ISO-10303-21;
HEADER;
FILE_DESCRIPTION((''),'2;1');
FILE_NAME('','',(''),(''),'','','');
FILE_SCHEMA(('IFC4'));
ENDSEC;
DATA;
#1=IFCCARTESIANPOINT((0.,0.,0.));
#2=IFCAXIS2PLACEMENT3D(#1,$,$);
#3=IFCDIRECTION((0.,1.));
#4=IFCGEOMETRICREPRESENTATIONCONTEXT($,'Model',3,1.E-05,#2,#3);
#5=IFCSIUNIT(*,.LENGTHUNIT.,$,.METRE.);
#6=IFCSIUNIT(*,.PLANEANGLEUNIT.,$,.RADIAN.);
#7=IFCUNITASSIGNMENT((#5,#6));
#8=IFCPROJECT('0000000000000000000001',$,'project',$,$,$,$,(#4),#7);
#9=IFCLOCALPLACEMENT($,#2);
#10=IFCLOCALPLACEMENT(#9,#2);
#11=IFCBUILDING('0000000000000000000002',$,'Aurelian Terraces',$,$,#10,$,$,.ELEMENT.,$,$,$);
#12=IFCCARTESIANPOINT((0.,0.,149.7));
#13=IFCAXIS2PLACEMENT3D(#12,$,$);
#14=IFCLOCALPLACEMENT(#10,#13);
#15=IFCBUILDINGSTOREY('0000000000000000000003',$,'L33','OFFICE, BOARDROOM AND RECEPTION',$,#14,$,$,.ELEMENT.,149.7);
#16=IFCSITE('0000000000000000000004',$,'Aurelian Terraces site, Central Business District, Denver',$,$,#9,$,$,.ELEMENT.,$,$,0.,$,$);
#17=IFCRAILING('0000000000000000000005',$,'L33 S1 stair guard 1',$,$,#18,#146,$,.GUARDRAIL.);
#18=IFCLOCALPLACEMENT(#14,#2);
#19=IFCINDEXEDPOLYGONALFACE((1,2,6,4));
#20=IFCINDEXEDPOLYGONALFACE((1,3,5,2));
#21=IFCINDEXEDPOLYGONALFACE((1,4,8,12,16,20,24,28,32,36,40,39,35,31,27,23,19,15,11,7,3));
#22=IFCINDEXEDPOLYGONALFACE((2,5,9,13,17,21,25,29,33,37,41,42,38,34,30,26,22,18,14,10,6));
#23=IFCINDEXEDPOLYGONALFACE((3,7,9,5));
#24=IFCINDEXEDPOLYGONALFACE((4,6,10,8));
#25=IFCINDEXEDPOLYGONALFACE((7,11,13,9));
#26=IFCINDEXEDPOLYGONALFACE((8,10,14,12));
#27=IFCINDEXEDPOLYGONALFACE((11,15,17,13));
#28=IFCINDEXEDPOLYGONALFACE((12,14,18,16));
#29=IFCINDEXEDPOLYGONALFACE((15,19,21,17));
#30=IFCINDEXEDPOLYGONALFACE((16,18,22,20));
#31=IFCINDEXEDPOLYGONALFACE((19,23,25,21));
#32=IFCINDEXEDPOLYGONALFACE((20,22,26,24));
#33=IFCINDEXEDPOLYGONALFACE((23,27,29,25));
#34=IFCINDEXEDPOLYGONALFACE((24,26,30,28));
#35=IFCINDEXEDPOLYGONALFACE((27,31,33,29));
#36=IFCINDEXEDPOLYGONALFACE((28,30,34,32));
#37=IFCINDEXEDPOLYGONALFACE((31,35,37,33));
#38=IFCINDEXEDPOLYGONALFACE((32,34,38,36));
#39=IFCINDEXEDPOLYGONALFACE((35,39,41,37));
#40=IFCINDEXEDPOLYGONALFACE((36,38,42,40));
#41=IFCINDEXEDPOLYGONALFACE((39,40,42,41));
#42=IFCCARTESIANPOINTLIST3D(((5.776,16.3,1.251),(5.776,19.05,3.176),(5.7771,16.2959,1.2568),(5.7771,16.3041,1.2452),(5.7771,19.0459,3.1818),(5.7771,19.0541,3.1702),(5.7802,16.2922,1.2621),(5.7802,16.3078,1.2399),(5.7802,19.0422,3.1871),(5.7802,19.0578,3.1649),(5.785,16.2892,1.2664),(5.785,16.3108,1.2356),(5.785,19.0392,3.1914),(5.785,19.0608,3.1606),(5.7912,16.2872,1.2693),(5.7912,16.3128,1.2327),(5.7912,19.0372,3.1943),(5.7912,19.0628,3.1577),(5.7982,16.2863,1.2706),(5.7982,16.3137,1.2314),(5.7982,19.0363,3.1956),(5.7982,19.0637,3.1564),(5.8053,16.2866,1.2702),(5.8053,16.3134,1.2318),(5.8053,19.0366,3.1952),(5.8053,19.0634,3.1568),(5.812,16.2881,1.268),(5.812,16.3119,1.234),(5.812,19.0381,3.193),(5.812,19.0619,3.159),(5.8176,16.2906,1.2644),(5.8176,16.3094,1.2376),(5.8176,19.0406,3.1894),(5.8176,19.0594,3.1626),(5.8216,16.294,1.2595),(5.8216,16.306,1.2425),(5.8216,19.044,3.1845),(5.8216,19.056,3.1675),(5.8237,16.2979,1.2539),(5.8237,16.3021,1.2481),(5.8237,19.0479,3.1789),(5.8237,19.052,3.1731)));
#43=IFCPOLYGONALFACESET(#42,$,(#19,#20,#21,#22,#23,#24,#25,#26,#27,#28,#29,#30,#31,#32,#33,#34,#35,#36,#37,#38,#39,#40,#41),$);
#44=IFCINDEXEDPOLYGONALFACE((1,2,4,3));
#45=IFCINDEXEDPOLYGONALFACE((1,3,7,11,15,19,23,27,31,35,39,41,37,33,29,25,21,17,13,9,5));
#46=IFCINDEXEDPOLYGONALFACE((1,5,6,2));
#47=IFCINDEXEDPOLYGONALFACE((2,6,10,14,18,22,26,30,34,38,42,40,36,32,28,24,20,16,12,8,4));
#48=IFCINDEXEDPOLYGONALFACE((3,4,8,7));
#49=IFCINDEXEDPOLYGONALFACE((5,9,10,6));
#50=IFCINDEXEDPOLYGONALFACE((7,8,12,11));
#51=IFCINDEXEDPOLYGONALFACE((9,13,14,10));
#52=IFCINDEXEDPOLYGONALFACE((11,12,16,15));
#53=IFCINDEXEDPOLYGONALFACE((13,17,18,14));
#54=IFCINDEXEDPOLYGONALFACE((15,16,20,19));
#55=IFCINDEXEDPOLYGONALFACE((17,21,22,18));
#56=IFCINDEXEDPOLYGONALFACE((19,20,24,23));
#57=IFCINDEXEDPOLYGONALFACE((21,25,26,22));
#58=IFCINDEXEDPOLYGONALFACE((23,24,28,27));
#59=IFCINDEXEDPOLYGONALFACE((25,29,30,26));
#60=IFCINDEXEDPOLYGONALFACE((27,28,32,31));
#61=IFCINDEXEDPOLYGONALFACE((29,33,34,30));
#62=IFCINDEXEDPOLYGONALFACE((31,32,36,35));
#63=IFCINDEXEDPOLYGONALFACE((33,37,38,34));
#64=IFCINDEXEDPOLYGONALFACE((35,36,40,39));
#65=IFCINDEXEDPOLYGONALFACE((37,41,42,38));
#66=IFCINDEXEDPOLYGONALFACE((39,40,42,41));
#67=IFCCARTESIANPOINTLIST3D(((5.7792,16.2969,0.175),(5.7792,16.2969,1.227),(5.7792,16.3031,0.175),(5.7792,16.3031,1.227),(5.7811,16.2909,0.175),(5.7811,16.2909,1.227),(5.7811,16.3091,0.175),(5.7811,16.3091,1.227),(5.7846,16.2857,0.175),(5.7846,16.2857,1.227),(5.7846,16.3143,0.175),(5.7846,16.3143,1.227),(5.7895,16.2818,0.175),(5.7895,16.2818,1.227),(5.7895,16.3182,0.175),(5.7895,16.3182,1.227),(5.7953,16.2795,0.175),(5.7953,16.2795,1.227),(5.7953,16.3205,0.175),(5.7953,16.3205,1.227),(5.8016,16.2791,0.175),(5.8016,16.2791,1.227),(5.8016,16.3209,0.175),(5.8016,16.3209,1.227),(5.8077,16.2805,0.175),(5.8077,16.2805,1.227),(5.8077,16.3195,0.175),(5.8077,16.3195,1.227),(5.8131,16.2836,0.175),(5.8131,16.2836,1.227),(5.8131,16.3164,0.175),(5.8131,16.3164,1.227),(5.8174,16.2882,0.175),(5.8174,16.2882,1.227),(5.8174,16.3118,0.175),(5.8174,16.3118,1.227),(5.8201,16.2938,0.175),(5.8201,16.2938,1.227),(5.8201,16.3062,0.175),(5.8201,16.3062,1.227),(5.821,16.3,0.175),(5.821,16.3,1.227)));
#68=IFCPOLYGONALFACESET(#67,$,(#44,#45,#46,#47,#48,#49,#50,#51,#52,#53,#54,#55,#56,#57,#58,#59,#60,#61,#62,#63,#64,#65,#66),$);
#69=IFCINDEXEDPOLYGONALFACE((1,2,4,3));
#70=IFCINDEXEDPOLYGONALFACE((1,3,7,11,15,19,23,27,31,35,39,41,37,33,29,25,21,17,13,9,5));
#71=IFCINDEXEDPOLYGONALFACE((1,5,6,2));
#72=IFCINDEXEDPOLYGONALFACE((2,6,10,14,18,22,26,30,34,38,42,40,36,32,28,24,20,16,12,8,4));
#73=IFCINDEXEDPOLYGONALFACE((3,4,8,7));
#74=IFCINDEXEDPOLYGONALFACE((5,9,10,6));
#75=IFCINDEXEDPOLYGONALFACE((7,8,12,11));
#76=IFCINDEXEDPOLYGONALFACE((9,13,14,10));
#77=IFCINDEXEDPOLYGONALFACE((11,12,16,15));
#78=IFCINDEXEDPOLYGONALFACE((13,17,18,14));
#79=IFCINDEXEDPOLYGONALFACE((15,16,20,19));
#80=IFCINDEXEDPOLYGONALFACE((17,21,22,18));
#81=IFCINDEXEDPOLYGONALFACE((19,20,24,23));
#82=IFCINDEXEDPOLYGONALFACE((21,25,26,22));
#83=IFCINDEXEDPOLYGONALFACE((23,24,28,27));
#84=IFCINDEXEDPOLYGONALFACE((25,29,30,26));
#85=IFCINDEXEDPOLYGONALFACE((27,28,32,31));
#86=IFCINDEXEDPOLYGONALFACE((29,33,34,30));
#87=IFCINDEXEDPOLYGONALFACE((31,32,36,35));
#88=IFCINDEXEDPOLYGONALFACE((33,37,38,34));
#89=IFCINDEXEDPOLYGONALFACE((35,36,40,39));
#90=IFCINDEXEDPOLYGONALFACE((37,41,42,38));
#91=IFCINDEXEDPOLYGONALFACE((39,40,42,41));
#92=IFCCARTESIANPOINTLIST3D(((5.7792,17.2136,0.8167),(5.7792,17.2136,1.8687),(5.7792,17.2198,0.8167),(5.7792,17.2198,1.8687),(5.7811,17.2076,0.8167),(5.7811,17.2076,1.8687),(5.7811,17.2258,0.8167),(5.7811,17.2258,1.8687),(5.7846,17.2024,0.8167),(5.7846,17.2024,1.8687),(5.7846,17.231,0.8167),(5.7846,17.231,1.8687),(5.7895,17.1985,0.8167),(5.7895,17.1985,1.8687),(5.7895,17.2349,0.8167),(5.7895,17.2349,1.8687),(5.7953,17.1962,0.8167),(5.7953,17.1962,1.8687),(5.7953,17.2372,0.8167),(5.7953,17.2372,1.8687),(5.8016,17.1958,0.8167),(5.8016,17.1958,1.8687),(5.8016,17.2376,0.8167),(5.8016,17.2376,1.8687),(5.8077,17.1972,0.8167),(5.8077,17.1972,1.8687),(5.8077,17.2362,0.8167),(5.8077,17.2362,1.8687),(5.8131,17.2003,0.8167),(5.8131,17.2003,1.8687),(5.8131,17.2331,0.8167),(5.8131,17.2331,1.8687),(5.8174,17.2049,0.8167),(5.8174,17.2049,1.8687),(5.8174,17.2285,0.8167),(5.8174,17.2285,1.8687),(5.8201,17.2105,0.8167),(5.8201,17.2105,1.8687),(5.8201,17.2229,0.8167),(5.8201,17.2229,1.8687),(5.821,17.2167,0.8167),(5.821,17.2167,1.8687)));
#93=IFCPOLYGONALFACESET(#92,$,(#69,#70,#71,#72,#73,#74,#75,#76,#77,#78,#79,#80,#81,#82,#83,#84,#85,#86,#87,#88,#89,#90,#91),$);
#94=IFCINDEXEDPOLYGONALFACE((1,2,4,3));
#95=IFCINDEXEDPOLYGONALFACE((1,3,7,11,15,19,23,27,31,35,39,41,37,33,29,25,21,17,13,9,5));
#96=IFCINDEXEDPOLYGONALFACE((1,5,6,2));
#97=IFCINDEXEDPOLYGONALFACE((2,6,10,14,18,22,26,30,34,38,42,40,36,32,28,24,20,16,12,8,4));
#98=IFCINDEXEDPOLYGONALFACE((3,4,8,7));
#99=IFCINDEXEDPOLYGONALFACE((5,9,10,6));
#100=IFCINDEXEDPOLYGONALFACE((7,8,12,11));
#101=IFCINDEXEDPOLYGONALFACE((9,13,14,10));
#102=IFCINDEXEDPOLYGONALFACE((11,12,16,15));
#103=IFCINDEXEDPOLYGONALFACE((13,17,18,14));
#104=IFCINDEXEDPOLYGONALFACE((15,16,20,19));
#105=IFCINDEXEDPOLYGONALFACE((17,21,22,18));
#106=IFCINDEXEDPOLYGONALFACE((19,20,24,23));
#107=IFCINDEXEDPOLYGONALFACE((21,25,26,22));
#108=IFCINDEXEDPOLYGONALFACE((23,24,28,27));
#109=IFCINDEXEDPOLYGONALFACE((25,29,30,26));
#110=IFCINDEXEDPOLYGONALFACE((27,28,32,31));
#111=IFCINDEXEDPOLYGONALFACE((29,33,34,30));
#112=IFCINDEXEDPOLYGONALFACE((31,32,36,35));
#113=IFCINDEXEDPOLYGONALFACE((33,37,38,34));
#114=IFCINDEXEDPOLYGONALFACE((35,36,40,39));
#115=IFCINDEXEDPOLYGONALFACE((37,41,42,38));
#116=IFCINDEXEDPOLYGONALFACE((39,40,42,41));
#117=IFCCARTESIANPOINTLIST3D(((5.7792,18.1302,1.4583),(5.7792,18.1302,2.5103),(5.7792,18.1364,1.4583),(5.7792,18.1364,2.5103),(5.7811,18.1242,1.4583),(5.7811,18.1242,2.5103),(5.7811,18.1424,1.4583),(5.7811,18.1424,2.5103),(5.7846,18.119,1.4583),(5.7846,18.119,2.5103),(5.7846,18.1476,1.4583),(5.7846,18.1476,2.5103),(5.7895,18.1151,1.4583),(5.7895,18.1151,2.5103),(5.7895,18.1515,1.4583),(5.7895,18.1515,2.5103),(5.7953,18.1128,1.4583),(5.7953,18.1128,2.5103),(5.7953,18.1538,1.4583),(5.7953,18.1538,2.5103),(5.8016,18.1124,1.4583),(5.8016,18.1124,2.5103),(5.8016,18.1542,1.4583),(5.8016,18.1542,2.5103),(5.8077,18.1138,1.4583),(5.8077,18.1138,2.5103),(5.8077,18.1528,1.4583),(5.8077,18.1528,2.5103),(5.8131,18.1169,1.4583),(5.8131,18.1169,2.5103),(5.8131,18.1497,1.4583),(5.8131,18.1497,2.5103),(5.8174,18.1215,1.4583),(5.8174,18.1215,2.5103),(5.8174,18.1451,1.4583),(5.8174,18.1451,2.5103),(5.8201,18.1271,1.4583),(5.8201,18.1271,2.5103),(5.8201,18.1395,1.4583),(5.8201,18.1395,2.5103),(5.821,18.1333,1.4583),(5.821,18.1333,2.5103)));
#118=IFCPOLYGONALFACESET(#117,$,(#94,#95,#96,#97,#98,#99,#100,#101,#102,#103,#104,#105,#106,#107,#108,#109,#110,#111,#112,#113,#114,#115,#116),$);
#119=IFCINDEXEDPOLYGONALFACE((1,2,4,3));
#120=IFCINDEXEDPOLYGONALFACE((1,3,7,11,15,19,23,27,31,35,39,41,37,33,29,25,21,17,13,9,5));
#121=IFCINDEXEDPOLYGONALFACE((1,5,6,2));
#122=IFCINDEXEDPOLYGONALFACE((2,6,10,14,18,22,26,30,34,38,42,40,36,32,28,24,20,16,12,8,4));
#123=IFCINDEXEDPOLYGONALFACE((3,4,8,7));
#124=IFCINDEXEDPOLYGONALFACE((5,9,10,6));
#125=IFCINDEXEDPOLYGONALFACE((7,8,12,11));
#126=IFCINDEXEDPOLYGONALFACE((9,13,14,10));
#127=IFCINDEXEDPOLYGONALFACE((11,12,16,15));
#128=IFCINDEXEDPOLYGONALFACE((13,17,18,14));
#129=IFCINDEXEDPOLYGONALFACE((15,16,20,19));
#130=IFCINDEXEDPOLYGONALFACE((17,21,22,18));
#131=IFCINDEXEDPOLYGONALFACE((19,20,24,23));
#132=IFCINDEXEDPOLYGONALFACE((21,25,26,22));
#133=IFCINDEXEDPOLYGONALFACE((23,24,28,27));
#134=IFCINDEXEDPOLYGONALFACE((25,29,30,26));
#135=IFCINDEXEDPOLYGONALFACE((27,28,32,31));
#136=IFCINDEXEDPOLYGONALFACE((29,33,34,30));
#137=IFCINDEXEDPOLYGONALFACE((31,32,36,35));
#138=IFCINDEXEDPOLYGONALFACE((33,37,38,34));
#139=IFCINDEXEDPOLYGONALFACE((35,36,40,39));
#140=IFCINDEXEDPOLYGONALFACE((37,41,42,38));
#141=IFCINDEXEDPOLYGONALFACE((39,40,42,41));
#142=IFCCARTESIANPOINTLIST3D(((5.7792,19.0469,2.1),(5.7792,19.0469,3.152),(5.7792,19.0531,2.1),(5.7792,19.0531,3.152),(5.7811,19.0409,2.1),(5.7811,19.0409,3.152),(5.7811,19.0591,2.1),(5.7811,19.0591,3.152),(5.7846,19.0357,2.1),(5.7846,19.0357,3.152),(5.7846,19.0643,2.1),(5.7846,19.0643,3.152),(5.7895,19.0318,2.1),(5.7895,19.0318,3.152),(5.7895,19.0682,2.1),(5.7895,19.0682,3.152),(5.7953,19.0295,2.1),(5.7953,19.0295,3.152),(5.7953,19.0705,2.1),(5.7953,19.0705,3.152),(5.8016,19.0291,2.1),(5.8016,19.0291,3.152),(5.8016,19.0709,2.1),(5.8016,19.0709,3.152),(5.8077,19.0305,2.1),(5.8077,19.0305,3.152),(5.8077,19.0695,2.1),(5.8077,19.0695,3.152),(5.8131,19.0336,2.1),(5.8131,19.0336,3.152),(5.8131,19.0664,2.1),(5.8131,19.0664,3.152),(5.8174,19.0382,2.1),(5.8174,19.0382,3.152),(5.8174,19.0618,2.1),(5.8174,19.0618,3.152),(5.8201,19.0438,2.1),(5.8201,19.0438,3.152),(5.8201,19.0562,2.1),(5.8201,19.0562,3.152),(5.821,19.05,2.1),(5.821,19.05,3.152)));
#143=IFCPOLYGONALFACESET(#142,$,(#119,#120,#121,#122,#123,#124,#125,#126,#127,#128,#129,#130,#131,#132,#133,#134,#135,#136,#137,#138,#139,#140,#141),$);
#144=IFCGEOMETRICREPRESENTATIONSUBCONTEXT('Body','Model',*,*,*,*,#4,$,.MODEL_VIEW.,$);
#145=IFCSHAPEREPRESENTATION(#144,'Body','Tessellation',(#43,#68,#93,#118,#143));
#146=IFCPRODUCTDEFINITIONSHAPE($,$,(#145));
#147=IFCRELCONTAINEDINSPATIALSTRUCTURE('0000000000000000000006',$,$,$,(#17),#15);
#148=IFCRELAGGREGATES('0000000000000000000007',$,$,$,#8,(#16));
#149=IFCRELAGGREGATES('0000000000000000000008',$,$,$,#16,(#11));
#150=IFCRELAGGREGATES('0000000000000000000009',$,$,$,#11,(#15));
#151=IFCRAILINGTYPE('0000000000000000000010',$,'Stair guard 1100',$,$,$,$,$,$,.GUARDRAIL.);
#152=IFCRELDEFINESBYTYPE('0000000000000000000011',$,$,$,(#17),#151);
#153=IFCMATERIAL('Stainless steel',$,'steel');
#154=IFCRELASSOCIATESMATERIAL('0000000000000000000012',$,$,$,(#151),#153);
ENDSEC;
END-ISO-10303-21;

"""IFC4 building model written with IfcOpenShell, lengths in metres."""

from ifc_helpers import new_model, si_unit, direction, frame, origin, origin_2d, place, context, subcontext, project, spatial, circle, extrude, source, transform, mapped, material, type_object, element, save


model = new_model("IFC4")

# Units and contexts
model_context = context("Model", 3, precision=1e-05, world=origin(), true_north=direction((0.0, 1.0)))
body_context = subcontext(model_context, "Body", "Model", "MODEL_VIEW")
ifc_project = project(units=[si_unit("LENGTHUNIT", "METRE"), si_unit("PLANEANGLEUNIT", "RADIAN")], contexts=[model_context])

# Site, building, storey
site_placement = place(None, origin())
site = spatial("IfcSite", under=ifc_project, at=site_placement, Name="Aurelian Terraces site, Central Business District, Denver", CompositionType="ELEMENT", RefElevation=0.0)
building_placement = place(site_placement, origin())
building = spatial("IfcBuilding", under=site, at=building_placement, Name="Aurelian Terraces", CompositionType="ELEMENT")
storey_placement = place(building_placement, frame((0.0, 0.0, 149.7)))
storey = spatial("IfcBuildingStorey", under=building, at=storey_placement, Name="L33", Description="OFFICE, BOARDROOM AND RECEPTION", CompositionType="ELEMENT", Elevation=149.7)

# Shared definitions
ifc_material_1 = material(Name="Stainless steel", Category="steel")

# Railing
railing_type_1 = type_object("IfcRailingType", Name="Stair guard 1100", PredefinedType="GUARDRAIL", material=ifc_material_1)
shared_shape_1 = source(origin(), body_context, "Body", "SweptSolid", [
    extrude(circle(Radius=0.024, at=origin_2d()), frame((0.0, 0.0, 1.076), z_axis=(0.0, 0.819232, 0.573462), x_axis=(-1.0, 0.0, 0.0)), (0.0, 0.0, 1.0), 3.3568),
    extrude(circle(Radius=0.021, at=origin_2d()), origin(), (0.0, 0.0, 1.0), 1.052),
    extrude(circle(Radius=0.021, at=origin_2d()), frame((0.0, 0.9167, 0.6417)), (0.0, 0.0, 1.0), 1.052),
    extrude(circle(Radius=0.021, at=origin_2d()), frame((0.0, 1.8333, 1.2833)), (0.0, 0.0, 1.0), 1.052),
    extrude(circle(Radius=0.021, at=origin_2d()), frame((0.0, 2.75, 1.925)), (0.0, 0.0, 1.0), 1.052),
])
railing_1_placement = place(storey_placement, frame((5.8, 16.3, 0.175)))
element("IfcRailing", 1, at=railing_1_placement, inside=storey, type_object=railing_type_1, Name="L33 S1 stair guard 1", PredefinedType="GUARDRAIL", context=body_context, shape_type="MappedRepresentation", body=[
    mapped(shared_shape_1, transform((0.0, 0.0, 0.0), scale=1.0)),
])

save(model, "model.ifc")
